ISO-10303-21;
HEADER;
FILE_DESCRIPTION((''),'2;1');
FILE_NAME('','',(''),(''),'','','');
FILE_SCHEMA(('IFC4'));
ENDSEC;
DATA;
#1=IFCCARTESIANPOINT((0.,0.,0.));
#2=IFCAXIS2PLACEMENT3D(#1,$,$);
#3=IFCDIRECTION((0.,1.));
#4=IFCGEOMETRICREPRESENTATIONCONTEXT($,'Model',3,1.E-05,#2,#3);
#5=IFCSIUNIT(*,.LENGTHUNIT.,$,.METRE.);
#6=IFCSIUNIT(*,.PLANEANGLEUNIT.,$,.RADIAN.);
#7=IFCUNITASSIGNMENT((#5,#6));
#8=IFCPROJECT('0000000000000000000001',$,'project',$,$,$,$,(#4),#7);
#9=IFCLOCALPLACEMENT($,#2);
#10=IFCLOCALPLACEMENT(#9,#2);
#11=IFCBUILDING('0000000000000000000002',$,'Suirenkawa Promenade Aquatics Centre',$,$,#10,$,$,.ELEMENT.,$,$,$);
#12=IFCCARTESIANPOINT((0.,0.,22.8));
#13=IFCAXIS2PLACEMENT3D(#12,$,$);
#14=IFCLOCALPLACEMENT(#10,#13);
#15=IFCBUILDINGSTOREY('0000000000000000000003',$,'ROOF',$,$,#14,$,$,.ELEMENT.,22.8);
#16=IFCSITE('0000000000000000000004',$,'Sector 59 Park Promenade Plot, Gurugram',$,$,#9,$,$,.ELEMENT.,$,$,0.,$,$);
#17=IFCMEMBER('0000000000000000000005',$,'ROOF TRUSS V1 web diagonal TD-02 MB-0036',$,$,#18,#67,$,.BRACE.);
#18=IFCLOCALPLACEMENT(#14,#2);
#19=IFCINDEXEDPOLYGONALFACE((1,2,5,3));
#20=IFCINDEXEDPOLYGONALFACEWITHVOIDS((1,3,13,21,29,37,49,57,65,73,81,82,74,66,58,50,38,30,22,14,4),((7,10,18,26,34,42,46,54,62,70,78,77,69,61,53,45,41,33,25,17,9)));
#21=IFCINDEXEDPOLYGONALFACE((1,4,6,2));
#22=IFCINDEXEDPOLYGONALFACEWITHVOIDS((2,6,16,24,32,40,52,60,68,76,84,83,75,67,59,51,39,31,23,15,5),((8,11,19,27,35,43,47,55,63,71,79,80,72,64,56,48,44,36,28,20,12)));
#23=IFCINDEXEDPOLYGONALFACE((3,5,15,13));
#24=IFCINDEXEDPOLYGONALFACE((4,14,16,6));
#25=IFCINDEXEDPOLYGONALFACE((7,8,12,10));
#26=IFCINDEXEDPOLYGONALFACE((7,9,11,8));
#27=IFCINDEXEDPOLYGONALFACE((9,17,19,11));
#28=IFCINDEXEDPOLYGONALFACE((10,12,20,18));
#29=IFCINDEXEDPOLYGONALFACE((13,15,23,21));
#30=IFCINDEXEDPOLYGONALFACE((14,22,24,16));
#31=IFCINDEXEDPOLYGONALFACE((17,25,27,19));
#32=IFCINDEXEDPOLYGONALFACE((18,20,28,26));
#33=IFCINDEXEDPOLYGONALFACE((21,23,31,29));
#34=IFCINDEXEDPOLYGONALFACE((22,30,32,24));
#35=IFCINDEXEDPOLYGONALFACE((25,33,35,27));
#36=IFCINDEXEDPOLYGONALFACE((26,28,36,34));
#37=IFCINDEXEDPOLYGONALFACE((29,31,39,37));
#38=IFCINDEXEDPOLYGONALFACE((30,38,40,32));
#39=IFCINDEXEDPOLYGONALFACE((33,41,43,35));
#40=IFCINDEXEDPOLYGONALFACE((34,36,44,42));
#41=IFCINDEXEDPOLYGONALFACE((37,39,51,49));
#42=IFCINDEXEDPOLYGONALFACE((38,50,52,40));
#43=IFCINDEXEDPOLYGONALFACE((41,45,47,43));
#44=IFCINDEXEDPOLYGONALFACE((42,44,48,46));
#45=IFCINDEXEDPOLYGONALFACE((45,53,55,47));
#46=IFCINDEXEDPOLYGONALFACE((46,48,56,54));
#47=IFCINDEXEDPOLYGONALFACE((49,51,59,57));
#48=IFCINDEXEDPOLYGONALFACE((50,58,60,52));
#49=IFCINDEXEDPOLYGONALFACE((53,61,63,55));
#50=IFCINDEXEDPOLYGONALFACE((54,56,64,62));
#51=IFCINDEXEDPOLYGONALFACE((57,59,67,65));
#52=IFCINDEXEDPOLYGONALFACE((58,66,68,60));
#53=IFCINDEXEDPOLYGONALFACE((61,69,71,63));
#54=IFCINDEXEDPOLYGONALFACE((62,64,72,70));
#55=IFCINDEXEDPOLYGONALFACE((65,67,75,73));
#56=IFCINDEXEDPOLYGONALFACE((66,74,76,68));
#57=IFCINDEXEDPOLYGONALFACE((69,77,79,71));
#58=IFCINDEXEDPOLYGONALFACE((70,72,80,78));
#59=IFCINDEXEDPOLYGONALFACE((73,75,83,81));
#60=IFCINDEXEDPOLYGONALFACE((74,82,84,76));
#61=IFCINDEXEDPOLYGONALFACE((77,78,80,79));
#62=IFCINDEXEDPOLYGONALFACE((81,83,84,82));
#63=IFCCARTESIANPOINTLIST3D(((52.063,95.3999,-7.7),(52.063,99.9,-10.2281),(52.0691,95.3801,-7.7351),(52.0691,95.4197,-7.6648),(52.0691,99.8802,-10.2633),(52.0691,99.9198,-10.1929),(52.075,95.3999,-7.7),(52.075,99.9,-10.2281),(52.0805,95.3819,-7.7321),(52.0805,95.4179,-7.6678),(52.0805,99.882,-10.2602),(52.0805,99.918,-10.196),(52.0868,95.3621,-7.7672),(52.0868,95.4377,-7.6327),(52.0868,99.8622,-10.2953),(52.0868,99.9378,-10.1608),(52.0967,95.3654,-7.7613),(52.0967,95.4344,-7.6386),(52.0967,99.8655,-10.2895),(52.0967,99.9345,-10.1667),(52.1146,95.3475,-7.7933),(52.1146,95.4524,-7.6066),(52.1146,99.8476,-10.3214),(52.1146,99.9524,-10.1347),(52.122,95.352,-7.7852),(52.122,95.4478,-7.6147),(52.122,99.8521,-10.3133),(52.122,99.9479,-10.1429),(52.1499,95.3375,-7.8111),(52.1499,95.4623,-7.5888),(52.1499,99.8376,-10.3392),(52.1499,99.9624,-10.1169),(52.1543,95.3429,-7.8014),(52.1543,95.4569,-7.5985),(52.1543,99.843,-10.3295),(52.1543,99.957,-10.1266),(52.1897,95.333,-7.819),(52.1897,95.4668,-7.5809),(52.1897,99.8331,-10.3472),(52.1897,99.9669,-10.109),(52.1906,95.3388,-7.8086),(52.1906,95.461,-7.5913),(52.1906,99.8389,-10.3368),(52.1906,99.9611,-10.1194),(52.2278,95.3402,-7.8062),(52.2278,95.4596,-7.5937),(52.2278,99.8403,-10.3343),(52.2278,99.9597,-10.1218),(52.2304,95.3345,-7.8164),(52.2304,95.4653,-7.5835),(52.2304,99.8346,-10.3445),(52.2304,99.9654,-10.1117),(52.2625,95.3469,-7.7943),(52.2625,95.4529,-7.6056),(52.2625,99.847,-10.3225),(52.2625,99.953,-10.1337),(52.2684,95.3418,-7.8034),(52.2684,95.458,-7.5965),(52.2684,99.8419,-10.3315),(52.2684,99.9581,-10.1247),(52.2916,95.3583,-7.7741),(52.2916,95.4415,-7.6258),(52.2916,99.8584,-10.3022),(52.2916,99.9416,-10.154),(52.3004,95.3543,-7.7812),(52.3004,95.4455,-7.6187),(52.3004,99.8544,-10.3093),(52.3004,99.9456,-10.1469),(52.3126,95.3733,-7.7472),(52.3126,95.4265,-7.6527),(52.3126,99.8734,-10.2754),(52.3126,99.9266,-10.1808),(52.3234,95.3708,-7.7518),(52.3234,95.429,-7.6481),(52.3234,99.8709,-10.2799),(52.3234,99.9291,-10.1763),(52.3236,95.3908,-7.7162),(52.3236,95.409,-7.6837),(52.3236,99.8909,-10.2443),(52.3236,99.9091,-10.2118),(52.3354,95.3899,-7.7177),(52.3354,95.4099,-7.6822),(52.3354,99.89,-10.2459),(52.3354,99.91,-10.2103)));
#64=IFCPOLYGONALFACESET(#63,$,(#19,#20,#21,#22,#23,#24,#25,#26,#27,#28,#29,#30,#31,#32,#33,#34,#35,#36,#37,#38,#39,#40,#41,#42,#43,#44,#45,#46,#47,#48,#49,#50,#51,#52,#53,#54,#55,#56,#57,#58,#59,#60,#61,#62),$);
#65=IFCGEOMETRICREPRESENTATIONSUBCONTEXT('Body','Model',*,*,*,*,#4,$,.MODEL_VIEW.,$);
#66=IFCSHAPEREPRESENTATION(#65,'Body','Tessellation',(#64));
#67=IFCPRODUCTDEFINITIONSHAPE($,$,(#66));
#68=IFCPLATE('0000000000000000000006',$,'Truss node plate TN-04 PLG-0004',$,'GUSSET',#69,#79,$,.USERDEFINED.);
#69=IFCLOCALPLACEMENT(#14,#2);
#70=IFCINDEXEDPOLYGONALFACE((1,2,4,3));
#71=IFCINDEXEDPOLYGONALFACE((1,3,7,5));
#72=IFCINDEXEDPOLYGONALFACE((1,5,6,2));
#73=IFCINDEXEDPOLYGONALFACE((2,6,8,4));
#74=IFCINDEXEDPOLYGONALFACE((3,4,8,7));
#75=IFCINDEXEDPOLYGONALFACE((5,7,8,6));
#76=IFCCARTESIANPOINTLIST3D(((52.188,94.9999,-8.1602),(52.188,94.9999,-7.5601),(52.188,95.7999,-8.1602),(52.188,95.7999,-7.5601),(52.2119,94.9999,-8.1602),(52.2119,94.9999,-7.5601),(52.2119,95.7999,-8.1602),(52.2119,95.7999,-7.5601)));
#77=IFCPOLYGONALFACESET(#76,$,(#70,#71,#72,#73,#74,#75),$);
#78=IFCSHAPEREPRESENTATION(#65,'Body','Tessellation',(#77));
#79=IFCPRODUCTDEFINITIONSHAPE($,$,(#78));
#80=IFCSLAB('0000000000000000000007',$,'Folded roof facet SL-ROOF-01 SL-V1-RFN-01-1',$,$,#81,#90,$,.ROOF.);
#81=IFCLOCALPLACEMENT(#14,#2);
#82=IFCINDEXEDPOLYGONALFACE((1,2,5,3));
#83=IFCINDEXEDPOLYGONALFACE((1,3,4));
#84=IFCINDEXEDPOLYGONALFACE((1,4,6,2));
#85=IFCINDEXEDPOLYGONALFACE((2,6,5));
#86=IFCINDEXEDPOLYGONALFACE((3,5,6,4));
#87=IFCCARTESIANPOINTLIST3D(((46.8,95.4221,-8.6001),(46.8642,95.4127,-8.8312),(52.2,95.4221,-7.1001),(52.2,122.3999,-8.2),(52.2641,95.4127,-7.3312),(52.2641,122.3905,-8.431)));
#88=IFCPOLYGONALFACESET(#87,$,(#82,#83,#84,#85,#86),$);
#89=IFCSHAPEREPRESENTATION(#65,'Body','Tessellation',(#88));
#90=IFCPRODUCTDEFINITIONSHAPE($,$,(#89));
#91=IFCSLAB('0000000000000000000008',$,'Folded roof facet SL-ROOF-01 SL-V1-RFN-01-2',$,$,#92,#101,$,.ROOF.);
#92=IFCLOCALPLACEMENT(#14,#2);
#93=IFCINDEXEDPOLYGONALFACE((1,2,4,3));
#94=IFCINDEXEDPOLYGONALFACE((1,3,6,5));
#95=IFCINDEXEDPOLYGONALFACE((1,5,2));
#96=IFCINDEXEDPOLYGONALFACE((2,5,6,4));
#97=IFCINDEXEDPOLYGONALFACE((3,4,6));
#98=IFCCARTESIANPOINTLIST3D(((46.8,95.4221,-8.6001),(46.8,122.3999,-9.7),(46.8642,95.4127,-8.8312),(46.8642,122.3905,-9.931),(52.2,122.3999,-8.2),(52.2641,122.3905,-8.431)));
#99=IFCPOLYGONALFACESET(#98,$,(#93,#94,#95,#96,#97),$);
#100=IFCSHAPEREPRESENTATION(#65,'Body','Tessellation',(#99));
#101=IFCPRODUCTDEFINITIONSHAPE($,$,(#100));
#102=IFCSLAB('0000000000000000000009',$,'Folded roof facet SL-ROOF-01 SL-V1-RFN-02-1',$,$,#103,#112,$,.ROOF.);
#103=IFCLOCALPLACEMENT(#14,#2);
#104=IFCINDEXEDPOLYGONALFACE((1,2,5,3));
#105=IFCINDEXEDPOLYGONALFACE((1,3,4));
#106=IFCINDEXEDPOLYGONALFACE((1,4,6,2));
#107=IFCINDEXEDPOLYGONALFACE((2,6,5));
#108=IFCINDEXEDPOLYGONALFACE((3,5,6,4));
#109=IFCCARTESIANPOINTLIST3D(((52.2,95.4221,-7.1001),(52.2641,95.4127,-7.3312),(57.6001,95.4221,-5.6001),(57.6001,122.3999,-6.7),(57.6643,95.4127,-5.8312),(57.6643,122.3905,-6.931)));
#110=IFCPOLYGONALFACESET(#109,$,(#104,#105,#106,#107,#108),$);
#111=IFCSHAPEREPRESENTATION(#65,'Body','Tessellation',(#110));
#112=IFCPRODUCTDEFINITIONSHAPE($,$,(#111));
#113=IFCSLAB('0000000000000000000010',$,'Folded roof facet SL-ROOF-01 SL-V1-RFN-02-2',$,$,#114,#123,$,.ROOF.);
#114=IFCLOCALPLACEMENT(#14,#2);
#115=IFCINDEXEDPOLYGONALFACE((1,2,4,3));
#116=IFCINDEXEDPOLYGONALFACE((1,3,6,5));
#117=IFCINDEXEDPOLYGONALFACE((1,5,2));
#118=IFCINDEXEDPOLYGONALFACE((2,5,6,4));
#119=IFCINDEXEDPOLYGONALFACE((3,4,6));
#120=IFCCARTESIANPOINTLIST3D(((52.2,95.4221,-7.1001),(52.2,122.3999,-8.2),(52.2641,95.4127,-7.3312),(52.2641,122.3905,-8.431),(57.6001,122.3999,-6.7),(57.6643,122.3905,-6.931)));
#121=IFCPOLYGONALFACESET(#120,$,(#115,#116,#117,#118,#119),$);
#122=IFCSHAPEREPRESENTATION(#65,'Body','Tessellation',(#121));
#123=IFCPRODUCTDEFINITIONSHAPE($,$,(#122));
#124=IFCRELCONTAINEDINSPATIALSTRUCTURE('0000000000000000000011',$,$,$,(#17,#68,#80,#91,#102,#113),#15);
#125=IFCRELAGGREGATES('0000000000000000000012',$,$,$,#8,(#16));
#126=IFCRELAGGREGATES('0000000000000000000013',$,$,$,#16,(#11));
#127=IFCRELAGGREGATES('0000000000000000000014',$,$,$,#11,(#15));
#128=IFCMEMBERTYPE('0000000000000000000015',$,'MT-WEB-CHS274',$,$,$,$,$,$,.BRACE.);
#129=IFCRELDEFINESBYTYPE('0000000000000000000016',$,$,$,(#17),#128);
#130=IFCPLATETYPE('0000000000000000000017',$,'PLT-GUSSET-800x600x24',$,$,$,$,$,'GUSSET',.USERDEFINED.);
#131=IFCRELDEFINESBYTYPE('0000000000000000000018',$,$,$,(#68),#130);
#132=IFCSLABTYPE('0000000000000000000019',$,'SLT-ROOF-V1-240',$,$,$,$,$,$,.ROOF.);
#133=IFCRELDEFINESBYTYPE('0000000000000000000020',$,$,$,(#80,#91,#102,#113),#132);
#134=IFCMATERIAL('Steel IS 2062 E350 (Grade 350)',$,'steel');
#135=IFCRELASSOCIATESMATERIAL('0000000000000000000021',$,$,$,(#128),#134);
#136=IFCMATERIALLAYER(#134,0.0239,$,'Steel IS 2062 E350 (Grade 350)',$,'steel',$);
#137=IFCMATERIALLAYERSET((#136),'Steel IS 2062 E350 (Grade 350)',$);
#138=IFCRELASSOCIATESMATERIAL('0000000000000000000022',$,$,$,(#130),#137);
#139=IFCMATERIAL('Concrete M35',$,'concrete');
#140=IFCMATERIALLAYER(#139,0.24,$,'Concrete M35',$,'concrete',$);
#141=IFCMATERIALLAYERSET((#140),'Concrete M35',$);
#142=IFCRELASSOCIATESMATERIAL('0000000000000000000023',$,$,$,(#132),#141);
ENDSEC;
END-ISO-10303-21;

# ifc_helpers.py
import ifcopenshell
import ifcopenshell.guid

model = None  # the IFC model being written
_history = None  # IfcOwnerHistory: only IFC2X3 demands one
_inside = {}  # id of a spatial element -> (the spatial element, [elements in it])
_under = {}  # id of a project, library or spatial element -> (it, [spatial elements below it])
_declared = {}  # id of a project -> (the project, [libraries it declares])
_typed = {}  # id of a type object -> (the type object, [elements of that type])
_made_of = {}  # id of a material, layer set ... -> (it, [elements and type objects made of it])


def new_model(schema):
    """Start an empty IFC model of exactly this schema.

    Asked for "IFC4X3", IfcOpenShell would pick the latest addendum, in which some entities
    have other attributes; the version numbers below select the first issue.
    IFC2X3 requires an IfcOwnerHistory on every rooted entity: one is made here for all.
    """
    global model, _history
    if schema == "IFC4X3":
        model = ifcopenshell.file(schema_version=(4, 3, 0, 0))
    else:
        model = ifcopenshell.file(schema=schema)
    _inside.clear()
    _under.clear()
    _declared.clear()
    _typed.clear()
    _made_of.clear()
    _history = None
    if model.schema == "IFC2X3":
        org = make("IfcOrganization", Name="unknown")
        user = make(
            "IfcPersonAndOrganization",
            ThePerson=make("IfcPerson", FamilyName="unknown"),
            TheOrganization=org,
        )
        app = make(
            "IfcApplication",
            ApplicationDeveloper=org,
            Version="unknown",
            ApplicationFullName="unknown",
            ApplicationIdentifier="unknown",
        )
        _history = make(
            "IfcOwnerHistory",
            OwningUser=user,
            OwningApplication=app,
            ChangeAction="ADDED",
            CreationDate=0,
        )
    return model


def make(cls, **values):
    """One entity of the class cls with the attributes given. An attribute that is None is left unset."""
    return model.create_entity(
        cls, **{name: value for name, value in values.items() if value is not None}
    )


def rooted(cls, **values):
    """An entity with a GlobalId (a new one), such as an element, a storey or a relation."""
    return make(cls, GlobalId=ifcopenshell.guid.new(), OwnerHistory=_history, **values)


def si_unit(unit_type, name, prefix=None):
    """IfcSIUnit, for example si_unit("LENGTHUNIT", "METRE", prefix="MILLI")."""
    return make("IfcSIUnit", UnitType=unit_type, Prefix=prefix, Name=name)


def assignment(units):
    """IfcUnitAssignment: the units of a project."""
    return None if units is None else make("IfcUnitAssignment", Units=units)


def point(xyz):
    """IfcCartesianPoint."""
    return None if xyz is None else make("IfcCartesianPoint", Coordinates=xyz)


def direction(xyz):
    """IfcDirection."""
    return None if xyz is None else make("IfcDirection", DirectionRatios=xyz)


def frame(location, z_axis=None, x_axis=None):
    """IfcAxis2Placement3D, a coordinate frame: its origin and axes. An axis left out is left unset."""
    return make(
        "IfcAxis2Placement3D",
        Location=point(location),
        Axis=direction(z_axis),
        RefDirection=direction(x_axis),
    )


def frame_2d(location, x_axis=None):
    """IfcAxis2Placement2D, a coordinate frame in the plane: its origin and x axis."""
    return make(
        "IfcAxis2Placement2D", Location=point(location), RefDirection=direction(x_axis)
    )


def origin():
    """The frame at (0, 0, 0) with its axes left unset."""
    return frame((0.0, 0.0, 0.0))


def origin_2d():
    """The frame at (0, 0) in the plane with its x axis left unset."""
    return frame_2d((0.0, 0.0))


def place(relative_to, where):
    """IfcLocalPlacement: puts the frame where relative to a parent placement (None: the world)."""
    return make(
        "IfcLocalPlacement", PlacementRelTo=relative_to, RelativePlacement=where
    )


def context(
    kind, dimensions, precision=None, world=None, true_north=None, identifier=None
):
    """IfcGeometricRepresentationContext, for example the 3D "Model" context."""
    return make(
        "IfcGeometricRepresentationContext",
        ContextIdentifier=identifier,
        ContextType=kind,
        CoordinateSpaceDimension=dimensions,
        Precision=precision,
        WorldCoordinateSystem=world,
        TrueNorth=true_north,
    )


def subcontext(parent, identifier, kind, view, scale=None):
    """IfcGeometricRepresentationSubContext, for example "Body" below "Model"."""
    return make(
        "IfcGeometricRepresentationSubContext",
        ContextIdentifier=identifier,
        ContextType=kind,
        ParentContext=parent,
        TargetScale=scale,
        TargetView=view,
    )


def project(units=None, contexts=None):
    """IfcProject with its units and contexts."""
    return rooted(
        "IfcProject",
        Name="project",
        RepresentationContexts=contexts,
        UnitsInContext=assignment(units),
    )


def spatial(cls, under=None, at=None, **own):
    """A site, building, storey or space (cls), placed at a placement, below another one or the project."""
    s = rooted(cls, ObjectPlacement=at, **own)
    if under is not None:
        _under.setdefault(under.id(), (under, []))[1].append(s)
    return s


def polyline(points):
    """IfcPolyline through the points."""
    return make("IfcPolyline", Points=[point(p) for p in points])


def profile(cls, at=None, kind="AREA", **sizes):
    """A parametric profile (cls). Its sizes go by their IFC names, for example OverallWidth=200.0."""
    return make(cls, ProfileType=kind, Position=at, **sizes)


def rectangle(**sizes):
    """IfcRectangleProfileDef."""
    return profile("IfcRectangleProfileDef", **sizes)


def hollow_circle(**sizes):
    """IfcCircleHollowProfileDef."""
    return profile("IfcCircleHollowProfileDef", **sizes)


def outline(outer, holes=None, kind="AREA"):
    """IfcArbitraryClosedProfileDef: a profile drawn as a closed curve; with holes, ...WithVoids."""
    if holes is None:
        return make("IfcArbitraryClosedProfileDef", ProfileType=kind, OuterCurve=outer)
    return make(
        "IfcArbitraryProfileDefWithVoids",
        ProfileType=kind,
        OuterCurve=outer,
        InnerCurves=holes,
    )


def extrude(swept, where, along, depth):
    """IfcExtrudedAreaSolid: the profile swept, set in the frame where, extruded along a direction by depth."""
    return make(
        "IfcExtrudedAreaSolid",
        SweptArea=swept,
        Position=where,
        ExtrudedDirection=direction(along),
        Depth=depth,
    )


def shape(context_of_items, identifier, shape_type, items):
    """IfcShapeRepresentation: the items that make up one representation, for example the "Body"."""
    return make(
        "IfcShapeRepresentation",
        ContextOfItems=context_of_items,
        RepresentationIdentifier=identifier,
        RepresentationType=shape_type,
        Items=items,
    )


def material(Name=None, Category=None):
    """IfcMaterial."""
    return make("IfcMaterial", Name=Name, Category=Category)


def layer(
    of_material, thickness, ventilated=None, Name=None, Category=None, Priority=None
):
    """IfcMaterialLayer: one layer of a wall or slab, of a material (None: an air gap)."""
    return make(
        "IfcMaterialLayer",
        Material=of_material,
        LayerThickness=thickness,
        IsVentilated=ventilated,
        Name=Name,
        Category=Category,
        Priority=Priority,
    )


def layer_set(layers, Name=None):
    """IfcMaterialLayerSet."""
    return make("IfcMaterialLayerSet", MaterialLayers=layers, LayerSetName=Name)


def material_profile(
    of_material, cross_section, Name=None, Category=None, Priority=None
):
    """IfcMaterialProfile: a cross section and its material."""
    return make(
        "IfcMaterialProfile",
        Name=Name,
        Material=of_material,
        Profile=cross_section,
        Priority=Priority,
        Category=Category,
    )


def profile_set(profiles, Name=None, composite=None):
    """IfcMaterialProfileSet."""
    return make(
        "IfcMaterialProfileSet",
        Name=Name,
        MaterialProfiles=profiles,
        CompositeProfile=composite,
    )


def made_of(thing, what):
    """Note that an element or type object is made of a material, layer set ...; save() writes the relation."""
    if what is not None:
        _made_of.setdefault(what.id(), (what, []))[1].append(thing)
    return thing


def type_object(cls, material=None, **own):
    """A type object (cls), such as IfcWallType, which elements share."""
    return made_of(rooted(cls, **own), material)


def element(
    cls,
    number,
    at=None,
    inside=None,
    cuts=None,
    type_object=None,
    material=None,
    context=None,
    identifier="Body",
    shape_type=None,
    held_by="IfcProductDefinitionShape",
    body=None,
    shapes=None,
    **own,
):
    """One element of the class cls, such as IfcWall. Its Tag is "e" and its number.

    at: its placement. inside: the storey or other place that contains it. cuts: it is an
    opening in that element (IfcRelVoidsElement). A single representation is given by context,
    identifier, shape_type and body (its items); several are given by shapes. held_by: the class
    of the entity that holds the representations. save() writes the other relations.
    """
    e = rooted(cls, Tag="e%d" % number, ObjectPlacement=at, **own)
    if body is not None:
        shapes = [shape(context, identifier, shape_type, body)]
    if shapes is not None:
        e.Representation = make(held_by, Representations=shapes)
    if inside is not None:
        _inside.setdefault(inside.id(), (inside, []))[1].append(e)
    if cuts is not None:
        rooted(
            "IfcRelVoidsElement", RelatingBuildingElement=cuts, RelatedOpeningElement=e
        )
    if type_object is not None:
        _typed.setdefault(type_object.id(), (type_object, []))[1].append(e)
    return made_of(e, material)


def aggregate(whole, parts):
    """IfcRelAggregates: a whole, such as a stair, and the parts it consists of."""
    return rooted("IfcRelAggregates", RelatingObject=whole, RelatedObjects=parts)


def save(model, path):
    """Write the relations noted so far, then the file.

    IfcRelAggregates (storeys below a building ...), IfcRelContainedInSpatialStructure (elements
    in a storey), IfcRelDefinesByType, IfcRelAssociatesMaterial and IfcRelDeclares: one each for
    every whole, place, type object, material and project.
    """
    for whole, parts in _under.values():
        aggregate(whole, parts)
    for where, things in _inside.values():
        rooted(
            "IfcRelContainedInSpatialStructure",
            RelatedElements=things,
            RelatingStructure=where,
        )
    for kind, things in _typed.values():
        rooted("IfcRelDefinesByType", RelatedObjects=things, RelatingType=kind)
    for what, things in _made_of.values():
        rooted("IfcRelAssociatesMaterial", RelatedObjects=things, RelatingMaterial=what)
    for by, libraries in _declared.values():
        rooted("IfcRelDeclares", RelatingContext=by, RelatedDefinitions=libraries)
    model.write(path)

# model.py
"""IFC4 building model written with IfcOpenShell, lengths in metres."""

from ifc_helpers import new_model, si_unit, direction, frame, origin, origin_2d, place, context, subcontext, project, spatial, polyline, rectangle, hollow_circle, outline, extrude, material, layer, layer_set, material_profile, profile_set, type_object, element, save


model = new_model("IFC4")

# Units and contexts
model_context = context("Model", 3, precision=1e-05, world=origin(), true_north=direction((0.0, 1.0)))
body_context = subcontext(model_context, "Body", "Model", "MODEL_VIEW")
ifc_project = project(units=[si_unit("LENGTHUNIT", "METRE"), si_unit("PLANEANGLEUNIT", "RADIAN")], contexts=[model_context])

# Site, building, storey
site_placement = place(None, origin())
site = spatial("IfcSite", under=ifc_project, at=site_placement, Name="Sector 59 Park Promenade Plot, Gurugram", CompositionType="ELEMENT", RefElevation=0.0)
building_placement = place(site_placement, origin())
building = spatial("IfcBuilding", under=site, at=building_placement, Name="Suirenkawa Promenade Aquatics Centre", CompositionType="ELEMENT")
storey_placement = place(building_placement, frame((0.0, 0.0, 22.8)))
storey = spatial("IfcBuildingStorey", under=building, at=storey_placement, Name="ROOF", CompositionType="ELEMENT", Elevation=22.8)

# Shared definitions
ifc_material_1 = material(Name="Steel IS 2062 E350 (Grade 350)", Category="steel")

# Member
ifc_material_profile_1 = material_profile(ifc_material_1, hollow_circle(Radius=0.137, WallThickness=0.012, at=origin_2d()), Name="CHS 274x12", Category="steel")
ifc_profile_set_1 = profile_set([ifc_material_profile_1], Name="Steel IS 2062 E350 (Grade 350)")
member_type_1 = type_object("IfcMemberType", Name="MT-WEB-CHS274", PredefinedType="BRACE", material=ifc_profile_set_1)
member_1_placement = place(storey_placement, frame((52.2, 95.3999, -7.7), z_axis=(0.0, 0.871838, -0.489794), x_axis=(-1.0, 0.0, 0.0)))
element("IfcMember", 1, at=member_1_placement, inside=storey, type_object=member_type_1, Name="ROOF TRUSS V1 web diagonal TD-02 MB-0036", PredefinedType="BRACE", context=body_context, shape_type="SweptSolid", body=[
    extrude(hollow_circle(Radius=0.137, WallThickness=0.012, at=origin_2d()), origin(), (0.0, 0.0, 1.0), 5.1616),
])

# Plate
ifc_layer_1 = layer(ifc_material_1, 0.0239, Name="Steel IS 2062 E350 (Grade 350)", Category="steel")
ifc_layer_set_1 = layer_set([ifc_layer_1], Name="Steel IS 2062 E350 (Grade 350)")
plate_type = type_object("IfcPlateType", Name="PLT-GUSSET-800x600x24", ElementType="GUSSET", PredefinedType="USERDEFINED", material=ifc_layer_set_1)
plate_placement = place(storey_placement, frame((52.2, 95.3999, -8.1602), z_axis=(0.0, 0.0, 1.0), x_axis=(0.0, 1.0, 0.0)))
element("IfcPlate", 2, at=plate_placement, inside=storey, type_object=plate_type, Name="Truss node plate TN-04 PLG-0004", ObjectType="GUSSET", PredefinedType="USERDEFINED", context=body_context, shape_type="SweptSolid", body=[
    extrude(rectangle(XDim=0.8, YDim=0.0239, at=origin_2d()), origin(), (0.0, 0.0, 1.0), 0.6001),
])

# Slabs
ifc_material_2 = material(Name="Concrete M35", Category="concrete")
ifc_layer_2 = layer(ifc_material_2, 0.24, Name="Concrete M35", Category="concrete")
ifc_layer_set_2 = layer_set([ifc_layer_2], Name="Concrete M35")
slab_type = type_object("IfcSlabType", Name="SLT-ROOF-V1-240", PredefinedType="ROOF", material=ifc_layer_set_2)
slab_1_placement = place(storey_placement, frame((46.8, 95.4221, -8.6001), z_axis=(-0.267442, 0.039251, 0.962774), x_axis=(0.963517, 0.0, 0.267648)))
element("IfcSlab", 3, at=slab_1_placement, inside=storey, type_object=slab_type, Name="Folded roof facet SL-ROOF-01 SL-V1-RFN-01-1", PredefinedType="ROOF", context=body_context, shape_type="SweptSolid", body=[
    extrude(outline(polyline([(0.0, 0.0), (5.6044, 0.0), (5.31, 26.9986), (0.0, 0.0)])), origin(), (0.0, 0.0, -1.0), 0.24),
])
slab_2_placement = place(storey_placement, frame((46.8, 95.4221, -8.6001), z_axis=(-0.267442, 0.039251, 0.962774), x_axis=(0.196247, 0.980447, 0.014542)))
element("IfcSlab", 4, at=slab_2_placement, inside=storey, type_object=slab_type, Name="Folded roof facet SL-ROOF-01 SL-V1-RFN-01-2", PredefinedType="ROOF", context=body_context, shape_type="SweptSolid", body=[
    extrude(outline(polyline([(0.0, 0.0), (27.5158, 0.0), (26.4343, 5.499), (0.0, 0.0)])), origin(), (0.0, 0.0, -1.0), 0.24),
])
slab_3_placement = place(storey_placement, frame((52.2, 95.4221, -7.1001), z_axis=(-0.267431, 0.039251, 0.962777), x_axis=(0.96352, 0.0, 0.267637)))
element("IfcSlab", 5, at=slab_3_placement, inside=storey, type_object=slab_type, Name="Folded roof facet SL-ROOF-01 SL-V1-RFN-02-1", PredefinedType="ROOF", context=body_context, shape_type="SweptSolid", body=[
    extrude(outline(polyline([(0.0, 0.0), (5.6046, 0.0), (5.3102, 26.9986), (0.0, 0.0)])), origin(), (0.0, 0.0, -1.0), 0.24),
])
slab_4_placement = place(storey_placement, frame((52.2, 95.4221, -7.1001), z_axis=(-0.267431, 0.039251, 0.962777), x_axis=(0.196256, 0.980445, 0.014542)))
element("IfcSlab", 6, at=slab_4_placement, inside=storey, type_object=slab_type, Name="Folded roof facet SL-ROOF-01 SL-V1-RFN-02-2", PredefinedType="ROOF", context=body_context, shape_type="SweptSolid", body=[
    extrude(outline(polyline([(0.0, 0.0), (27.5159, 0.0), (26.4342, 5.4992), (0.0, 0.0)])), origin(), (0.0, 0.0, -1.0), 0.24),
])

save(model, "model.ifc")
